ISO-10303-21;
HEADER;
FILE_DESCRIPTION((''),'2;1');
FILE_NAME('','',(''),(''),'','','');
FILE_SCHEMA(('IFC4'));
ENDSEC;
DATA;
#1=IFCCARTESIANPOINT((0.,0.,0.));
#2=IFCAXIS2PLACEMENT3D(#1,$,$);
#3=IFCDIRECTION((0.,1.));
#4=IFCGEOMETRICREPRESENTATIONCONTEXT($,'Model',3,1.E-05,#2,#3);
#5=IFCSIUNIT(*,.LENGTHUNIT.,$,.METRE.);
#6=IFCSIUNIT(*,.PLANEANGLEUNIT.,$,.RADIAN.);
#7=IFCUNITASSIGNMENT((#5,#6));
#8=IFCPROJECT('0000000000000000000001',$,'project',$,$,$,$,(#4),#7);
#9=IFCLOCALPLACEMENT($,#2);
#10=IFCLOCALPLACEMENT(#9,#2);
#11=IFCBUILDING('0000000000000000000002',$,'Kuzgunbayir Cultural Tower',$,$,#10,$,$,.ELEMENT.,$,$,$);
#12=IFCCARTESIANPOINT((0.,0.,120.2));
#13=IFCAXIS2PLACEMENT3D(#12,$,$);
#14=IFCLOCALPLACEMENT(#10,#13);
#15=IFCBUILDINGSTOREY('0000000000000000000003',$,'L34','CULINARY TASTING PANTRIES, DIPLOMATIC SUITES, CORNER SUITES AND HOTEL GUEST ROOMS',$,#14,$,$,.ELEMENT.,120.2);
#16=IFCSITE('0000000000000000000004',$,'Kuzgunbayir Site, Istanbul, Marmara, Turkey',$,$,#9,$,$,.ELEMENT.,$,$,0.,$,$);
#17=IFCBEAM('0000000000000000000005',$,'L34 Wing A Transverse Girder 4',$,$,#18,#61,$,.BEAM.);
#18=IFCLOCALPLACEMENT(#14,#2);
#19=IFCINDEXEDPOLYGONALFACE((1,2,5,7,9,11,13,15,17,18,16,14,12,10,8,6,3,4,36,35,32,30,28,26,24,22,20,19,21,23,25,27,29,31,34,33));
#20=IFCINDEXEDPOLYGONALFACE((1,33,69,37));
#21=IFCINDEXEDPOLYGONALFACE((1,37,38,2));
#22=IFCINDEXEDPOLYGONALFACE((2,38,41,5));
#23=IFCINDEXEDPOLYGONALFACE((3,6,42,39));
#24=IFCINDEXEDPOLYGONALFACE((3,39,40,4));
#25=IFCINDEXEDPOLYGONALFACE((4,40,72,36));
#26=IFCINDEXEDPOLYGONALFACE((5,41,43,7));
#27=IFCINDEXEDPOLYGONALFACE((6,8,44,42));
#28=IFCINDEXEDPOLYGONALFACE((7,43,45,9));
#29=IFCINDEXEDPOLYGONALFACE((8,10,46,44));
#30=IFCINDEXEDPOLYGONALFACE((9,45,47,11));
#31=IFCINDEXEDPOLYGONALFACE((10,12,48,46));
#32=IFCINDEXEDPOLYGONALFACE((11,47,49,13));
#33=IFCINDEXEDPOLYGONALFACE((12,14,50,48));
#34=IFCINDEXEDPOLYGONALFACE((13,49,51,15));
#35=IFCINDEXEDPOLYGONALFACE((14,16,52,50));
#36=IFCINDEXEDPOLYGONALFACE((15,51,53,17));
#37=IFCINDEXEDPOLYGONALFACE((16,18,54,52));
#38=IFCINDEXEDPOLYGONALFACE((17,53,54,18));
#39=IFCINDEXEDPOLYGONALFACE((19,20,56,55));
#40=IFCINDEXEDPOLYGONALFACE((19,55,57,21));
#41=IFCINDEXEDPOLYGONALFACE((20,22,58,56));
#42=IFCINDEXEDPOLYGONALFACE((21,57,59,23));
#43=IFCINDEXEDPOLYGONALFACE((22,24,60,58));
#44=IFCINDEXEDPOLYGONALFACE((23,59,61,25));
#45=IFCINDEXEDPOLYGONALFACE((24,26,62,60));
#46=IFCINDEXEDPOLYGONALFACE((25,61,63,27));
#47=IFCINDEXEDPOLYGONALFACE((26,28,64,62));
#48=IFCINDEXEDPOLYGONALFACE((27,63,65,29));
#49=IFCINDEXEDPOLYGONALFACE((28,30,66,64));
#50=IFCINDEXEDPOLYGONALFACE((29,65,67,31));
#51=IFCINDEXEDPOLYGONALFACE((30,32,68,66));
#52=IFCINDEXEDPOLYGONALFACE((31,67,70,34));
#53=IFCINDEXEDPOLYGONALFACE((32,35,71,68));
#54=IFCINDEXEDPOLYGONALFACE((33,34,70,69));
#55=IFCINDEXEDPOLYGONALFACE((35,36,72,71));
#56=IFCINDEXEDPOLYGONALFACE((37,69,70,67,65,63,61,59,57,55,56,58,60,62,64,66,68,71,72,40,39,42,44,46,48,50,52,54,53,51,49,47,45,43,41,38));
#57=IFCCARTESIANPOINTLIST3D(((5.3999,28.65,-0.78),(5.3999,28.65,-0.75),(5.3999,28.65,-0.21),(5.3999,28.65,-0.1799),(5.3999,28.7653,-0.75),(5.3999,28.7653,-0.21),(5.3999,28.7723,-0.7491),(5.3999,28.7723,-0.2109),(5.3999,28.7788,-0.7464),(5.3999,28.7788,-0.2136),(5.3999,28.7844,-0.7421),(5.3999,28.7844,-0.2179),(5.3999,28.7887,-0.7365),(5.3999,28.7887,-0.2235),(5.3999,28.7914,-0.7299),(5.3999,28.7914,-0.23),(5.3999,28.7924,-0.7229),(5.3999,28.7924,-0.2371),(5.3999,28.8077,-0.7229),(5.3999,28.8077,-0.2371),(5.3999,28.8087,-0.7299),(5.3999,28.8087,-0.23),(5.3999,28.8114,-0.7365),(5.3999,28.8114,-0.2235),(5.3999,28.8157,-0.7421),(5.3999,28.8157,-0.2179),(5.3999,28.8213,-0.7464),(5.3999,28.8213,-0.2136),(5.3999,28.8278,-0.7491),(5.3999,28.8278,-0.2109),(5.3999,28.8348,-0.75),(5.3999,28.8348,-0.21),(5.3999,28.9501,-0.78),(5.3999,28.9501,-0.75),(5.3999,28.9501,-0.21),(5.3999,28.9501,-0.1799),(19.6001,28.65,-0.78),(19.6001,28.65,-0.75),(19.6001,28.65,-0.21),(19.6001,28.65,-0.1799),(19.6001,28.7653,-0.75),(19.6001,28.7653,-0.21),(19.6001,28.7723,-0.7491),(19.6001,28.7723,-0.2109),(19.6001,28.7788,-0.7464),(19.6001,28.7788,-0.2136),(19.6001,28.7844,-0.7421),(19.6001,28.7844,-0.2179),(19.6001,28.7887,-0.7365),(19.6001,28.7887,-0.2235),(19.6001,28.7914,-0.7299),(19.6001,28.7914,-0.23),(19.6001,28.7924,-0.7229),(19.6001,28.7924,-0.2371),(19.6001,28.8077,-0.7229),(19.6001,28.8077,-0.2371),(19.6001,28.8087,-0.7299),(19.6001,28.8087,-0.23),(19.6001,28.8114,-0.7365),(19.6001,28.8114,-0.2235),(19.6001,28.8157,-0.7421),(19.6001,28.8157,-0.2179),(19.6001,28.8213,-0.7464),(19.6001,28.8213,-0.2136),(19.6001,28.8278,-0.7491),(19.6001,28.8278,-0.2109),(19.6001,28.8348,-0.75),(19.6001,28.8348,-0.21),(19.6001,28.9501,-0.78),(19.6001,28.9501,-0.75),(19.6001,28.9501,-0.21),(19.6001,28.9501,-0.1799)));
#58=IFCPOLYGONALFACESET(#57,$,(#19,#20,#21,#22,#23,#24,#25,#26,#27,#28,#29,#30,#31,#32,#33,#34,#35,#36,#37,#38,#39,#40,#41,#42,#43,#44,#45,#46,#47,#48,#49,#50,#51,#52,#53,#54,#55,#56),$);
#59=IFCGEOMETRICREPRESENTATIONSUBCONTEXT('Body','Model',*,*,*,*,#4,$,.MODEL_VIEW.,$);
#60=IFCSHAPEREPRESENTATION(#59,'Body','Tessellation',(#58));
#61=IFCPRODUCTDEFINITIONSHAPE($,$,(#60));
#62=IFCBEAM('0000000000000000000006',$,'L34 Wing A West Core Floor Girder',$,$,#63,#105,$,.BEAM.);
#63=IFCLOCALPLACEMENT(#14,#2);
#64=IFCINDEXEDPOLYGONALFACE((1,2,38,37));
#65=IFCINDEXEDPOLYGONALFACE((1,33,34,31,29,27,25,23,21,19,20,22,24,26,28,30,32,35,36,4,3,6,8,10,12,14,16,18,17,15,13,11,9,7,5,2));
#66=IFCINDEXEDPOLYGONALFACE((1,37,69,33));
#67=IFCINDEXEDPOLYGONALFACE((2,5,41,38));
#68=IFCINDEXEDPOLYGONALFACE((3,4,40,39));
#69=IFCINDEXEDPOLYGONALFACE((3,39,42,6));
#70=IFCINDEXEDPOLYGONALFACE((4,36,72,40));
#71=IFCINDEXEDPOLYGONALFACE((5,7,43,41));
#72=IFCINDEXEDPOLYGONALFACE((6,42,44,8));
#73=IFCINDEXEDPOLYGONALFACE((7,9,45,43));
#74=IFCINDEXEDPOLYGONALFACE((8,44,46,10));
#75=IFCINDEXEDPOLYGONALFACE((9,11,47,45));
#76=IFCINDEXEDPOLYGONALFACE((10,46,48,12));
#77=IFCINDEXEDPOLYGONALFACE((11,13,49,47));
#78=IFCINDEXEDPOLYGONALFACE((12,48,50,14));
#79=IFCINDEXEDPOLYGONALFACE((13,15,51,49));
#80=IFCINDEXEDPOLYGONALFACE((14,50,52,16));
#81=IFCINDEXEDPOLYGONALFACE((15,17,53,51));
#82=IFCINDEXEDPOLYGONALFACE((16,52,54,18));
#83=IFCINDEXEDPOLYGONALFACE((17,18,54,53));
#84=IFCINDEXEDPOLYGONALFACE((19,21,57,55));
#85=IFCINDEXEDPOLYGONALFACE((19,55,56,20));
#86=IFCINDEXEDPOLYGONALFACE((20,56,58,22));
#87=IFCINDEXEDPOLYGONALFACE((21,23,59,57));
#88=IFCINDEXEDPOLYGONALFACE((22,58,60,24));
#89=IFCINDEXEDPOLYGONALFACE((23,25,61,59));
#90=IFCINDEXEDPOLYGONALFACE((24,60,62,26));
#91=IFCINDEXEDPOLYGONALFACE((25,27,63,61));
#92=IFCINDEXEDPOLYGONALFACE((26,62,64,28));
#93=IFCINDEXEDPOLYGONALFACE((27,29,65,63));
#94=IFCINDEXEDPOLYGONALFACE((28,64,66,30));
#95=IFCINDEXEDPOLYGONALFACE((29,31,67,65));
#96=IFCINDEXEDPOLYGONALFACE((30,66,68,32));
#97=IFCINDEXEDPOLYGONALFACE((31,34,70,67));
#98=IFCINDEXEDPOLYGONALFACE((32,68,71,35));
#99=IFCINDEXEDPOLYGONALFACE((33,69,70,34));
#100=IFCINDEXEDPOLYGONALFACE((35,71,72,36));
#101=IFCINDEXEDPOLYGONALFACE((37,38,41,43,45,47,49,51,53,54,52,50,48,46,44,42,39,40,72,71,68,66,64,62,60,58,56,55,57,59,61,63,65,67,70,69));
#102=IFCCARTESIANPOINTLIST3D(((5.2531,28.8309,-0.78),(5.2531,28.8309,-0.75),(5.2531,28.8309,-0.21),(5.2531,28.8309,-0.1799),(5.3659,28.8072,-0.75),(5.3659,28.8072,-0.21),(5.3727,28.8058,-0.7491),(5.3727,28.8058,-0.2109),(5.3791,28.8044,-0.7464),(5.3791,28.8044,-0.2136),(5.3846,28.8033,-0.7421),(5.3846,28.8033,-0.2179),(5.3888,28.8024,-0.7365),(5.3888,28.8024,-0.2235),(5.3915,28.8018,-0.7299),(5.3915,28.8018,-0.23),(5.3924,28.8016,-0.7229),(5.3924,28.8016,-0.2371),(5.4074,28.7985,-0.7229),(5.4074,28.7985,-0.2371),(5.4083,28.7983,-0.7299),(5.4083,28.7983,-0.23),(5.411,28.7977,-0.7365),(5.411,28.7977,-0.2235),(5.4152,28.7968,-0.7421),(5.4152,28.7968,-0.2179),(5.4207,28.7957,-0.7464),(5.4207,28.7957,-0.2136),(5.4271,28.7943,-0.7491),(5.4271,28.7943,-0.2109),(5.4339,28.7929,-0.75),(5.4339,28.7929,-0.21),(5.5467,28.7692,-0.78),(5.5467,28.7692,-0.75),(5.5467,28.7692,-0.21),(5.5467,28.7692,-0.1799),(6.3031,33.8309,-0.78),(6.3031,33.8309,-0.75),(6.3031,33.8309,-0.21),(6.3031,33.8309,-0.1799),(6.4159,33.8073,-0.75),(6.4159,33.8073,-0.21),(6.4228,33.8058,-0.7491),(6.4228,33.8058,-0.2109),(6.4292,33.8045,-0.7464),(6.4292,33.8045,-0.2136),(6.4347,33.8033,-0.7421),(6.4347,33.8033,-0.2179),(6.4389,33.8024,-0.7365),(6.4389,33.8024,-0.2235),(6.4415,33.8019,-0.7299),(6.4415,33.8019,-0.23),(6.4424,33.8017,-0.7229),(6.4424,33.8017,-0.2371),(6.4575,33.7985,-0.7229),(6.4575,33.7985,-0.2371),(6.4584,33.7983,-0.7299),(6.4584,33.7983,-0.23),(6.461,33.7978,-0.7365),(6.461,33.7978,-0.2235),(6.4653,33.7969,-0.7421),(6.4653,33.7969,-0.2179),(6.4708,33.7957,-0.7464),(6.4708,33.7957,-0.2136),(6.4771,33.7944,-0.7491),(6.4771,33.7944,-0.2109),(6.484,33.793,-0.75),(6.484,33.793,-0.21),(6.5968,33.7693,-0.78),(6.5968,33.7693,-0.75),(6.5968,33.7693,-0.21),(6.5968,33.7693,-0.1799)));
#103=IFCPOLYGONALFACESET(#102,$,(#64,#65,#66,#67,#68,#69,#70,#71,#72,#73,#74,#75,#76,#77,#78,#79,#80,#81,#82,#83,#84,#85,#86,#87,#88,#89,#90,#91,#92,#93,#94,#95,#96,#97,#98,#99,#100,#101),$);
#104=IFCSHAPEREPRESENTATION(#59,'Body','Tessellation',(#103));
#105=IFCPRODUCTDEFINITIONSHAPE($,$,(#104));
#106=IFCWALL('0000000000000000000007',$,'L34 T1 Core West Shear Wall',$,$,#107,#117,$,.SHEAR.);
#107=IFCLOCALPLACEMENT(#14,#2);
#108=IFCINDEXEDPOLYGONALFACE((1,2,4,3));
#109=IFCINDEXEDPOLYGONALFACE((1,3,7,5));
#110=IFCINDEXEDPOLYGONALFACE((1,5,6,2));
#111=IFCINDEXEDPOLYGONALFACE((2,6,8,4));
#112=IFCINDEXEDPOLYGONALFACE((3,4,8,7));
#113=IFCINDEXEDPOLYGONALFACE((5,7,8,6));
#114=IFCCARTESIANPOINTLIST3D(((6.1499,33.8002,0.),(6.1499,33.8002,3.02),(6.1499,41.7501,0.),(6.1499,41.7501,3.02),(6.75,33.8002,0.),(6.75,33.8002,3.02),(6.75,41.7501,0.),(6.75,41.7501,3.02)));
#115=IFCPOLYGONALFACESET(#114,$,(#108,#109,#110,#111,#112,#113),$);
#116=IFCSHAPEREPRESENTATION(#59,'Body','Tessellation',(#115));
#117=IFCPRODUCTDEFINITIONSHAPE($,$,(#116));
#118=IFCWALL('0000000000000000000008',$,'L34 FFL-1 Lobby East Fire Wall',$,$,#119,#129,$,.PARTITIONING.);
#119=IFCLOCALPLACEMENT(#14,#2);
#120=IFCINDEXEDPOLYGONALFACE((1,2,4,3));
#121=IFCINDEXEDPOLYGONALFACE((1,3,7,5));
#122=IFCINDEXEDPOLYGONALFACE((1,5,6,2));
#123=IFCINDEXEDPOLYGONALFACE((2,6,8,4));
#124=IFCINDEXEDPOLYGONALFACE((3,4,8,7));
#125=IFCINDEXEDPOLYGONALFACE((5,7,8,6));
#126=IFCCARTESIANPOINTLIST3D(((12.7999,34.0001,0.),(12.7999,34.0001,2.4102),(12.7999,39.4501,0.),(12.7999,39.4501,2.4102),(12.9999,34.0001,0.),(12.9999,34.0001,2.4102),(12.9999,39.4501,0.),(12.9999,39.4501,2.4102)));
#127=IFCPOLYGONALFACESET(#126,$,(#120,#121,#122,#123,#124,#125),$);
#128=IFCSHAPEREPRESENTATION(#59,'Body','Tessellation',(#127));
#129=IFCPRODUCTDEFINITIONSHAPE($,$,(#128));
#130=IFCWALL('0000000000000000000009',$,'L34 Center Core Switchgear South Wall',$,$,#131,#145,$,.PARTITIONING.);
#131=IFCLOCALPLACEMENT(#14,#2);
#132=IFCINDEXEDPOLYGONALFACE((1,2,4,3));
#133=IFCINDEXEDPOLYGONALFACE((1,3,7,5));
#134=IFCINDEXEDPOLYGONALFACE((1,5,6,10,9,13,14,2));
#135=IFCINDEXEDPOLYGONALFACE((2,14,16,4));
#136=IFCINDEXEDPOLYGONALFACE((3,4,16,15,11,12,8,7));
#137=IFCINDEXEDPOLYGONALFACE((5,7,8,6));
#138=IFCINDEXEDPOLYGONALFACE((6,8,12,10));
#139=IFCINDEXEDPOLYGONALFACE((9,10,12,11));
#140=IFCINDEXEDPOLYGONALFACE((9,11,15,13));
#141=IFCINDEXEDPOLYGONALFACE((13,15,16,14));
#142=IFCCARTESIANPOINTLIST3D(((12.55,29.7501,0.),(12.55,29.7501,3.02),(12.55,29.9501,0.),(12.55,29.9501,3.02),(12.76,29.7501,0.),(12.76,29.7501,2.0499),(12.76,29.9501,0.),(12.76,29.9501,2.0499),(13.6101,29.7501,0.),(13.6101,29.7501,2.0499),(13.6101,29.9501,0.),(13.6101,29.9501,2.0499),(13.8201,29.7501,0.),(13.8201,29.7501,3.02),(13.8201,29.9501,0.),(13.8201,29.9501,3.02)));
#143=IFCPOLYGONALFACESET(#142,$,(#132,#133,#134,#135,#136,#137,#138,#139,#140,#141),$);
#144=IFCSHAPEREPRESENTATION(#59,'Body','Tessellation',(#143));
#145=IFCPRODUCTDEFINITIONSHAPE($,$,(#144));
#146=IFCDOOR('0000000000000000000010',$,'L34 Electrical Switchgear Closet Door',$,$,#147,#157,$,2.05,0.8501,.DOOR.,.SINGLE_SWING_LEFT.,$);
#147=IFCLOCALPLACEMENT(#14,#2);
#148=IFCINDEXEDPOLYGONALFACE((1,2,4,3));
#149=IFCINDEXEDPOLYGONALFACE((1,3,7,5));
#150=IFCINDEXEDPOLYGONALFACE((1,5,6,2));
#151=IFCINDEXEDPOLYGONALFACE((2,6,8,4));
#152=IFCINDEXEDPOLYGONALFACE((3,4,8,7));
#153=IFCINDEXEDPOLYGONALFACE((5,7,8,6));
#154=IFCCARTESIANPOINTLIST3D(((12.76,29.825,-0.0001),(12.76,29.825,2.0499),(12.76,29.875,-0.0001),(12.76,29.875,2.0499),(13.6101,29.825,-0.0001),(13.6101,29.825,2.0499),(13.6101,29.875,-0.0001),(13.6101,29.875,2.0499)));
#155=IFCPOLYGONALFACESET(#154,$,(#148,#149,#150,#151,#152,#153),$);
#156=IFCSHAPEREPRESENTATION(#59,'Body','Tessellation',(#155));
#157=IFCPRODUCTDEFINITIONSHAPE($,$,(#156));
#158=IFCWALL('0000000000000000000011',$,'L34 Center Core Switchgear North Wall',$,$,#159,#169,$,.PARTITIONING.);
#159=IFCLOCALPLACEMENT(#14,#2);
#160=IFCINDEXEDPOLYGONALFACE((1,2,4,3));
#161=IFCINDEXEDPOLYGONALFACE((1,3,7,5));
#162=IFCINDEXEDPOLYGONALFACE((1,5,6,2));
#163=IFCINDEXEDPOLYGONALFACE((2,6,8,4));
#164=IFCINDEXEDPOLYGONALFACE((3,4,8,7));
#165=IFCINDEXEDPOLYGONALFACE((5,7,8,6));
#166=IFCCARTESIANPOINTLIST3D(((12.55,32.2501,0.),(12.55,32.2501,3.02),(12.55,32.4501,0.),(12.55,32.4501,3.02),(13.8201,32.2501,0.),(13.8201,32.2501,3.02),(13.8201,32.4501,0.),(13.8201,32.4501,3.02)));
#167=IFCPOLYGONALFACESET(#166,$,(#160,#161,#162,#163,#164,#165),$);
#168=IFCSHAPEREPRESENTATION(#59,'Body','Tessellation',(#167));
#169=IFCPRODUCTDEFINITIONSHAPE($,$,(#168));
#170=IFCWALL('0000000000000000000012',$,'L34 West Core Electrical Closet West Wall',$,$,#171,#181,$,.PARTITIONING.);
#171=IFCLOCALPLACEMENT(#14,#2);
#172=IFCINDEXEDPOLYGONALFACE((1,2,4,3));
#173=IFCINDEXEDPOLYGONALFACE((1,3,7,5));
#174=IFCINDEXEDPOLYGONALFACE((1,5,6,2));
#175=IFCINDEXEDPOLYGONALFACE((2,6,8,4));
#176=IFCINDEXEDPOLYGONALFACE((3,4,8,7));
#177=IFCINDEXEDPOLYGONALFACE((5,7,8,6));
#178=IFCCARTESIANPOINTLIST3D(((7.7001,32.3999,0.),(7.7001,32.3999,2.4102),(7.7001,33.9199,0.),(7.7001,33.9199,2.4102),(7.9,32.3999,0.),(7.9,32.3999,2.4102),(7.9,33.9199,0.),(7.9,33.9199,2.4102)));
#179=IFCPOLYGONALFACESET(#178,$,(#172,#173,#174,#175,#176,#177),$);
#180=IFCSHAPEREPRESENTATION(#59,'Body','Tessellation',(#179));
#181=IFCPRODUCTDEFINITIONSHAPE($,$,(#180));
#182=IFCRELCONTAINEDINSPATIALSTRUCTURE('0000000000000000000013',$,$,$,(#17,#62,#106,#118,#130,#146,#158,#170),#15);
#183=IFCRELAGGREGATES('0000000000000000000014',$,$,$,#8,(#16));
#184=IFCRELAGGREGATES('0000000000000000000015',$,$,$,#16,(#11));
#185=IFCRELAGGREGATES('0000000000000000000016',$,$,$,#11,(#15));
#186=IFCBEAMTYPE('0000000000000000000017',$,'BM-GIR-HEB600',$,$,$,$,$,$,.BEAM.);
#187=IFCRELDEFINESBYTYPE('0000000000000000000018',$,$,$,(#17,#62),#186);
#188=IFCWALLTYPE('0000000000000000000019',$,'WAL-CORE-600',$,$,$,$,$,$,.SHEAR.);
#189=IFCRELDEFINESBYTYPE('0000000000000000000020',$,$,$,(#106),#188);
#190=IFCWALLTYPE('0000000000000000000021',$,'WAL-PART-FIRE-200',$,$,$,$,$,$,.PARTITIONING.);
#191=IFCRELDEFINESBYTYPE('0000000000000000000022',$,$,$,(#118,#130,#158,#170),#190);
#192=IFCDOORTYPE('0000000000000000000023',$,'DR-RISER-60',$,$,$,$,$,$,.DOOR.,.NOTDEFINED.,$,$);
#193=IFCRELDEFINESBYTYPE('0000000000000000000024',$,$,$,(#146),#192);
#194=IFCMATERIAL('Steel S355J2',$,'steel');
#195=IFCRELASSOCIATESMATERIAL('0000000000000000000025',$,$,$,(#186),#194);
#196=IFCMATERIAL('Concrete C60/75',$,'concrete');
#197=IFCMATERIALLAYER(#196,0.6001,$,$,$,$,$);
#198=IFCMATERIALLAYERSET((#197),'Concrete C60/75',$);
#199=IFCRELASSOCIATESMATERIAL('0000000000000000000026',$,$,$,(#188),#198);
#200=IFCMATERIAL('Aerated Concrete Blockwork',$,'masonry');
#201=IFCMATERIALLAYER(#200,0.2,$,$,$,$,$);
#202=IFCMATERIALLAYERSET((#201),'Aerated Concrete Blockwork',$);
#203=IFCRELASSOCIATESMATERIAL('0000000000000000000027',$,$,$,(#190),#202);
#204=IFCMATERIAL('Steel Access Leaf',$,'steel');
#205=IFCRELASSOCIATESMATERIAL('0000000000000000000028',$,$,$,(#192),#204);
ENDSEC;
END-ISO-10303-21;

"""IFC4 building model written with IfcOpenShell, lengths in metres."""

from ifc_helpers import new_model, si_unit, direction, frame, frame_2d, origin, origin_2d, place, context, subcontext, project, spatial, rectangle, i_section, extrude, material, layer, layer_set, material_profile, profile_set, type_object, element, fill, save


model = new_model("IFC4")

# Units and contexts
model_context = context("Model", 3, precision=1e-05, world=origin(), true_north=direction((0.0, 1.0)))
body_context = subcontext(model_context, "Body", "Model", "MODEL_VIEW")
ifc_project = project(units=[si_unit("LENGTHUNIT", "METRE"), si_unit("PLANEANGLEUNIT", "RADIAN")], contexts=[model_context])

# Site, building, storey
site_placement = place(None, origin())
site = spatial("IfcSite", under=ifc_project, at=site_placement, Name="Kuzgunbayir Site, Istanbul, Marmara, Turkey", CompositionType="ELEMENT", RefElevation=0.0)
building_placement = place(site_placement, origin())
building = spatial("IfcBuilding", under=site, at=building_placement, Name="Kuzgunbayir Cultural Tower", CompositionType="ELEMENT")
storey_placement = place(building_placement, frame((0.0, 0.0, 120.2)))
storey = spatial("IfcBuildingStorey", under=building, at=storey_placement, Name="L34", Description="CULINARY TASTING PANTRIES, DIPLOMATIC SUITES, CORNER SUITES AND HOTEL GUEST ROOMS", CompositionType="ELEMENT", Elevation=120.2)

# Beams
ifc_material_1 = material(Name="Steel S355J2", Category="steel")
ifc_material_profile_1 = material_profile(ifc_material_1, i_section(OverallWidth=0.3, OverallDepth=0.6001, WebThickness=0.0154, FlangeThickness=0.03, FilletRadius=0.0271, at=origin_2d()), Name="HEB 600")
ifc_profile_set_1 = profile_set([ifc_material_profile_1], Name="Steel S355J2")
beam_type = type_object("IfcBeamType", Name="BM-GIR-HEB600", PredefinedType="BEAM", material=ifc_profile_set_1)
beam_1_placement = place(storey_placement, frame((5.3999, 28.8, -0.48), z_axis=(1.0, 0.0, 0.0), x_axis=(0.0, 1.0, 0.0)))
element("IfcBeam", 1, at=beam_1_placement, inside=storey, type_object=beam_type, Name="L34 Wing A Transverse Girder 4", PredefinedType="BEAM", context=body_context, shape_type="SweptSolid", body=[
    extrude(i_section(OverallWidth=0.3, OverallDepth=0.6001, WebThickness=0.0154, FlangeThickness=0.03, FilletRadius=0.0271, at=origin_2d()), origin(), (0.0, 0.0, 1.0), 14.2002),
])
beam_2_placement = place(storey_placement, frame((5.3999, 28.8, -0.48), z_axis=(0.205526, 0.978652, 0.0), x_axis=(-0.978652, 0.205526, 0.0)))
element("IfcBeam", 2, at=beam_2_placement, inside=storey, type_object=beam_type, Name="L34 Wing A West Core Floor Girder", PredefinedType="BEAM", context=body_context, shape_type="SweptSolid", body=[
    extrude(i_section(OverallWidth=0.3, OverallDepth=0.6001, WebThickness=0.0154, FlangeThickness=0.03, FilletRadius=0.0271, at=origin_2d()), origin(), (0.0, 0.0, 1.0), 5.1091),
])

# Walls
ifc_material_2 = material(Name="Concrete C60/75", Category="concrete")
ifc_layer_1 = layer(ifc_material_2, 0.6001)
ifc_layer_set_1 = layer_set([ifc_layer_1], Name="Concrete C60/75")
wall_type_1 = type_object("IfcWallType", Name="WAL-CORE-600", PredefinedType="SHEAR", material=ifc_layer_set_1)
wall_1_placement = place(storey_placement, frame((6.45, 33.8, 0.0), z_axis=(0.0, 0.0, 1.0), x_axis=(0.0, 1.0, 0.0)))
element("IfcWall", 3, at=wall_1_placement, inside=storey, type_object=wall_type_1, Name="L34 T1 Core West Shear Wall", PredefinedType="SHEAR", context=body_context, shape_type="SweptSolid", body=[
    extrude(rectangle(XDim=7.95, YDim=0.6001, at=frame_2d((3.9751, 0.0))), origin(), (0.0, 0.0, 1.0), 3.02),
])
ifc_material_3 = material(Name="Aerated Concrete Blockwork", Category="masonry")
ifc_layer_2 = layer(ifc_material_3, 0.2)
ifc_layer_set_2 = layer_set([ifc_layer_2], Name="Aerated Concrete Blockwork")
wall_type_2 = type_object("IfcWallType", Name="WAL-PART-FIRE-200", PredefinedType="PARTITIONING", material=ifc_layer_set_2)
wall_2_placement = place(storey_placement, frame((12.8999, 34.0, 0.0), z_axis=(0.0, 0.0, 1.0), x_axis=(0.0, 1.0, 0.0)))
element("IfcWall", 4, at=wall_2_placement, inside=storey, type_object=wall_type_2, Name="L34 FFL-1 Lobby East Fire Wall", PredefinedType="PARTITIONING", context=body_context, shape_type="SweptSolid", body=[
    extrude(rectangle(XDim=5.45, YDim=0.2, at=frame_2d((2.7251, 0.0))), origin(), (0.0, 0.0, 1.0), 2.4102),
])

# Wall, opening, door
wall_3_placement = place(storey_placement, frame((12.55, 29.8501, 0.0), z_axis=(0.0, 0.0, 1.0), x_axis=(1.0, 0.0, 0.0)))
wall_3 = element("IfcWall", 5, at=wall_3_placement, inside=storey, type_object=wall_type_2, Name="L34 Center Core Switchgear South Wall", PredefinedType="PARTITIONING", context=body_context, shape_type="SweptSolid", body=[
    extrude(rectangle(XDim=1.27, YDim=0.2, at=frame_2d((0.635, 0.0))), origin(), (0.0, 0.0, 1.0), 3.02),
])
opening_1_placement = place(wall_3_placement, frame((0.21, 0.0, 0.0)))
opening_1 = element("IfcOpeningElement", 6, at=opening_1_placement, cuts=wall_3, PredefinedType="OPENING", context=body_context, shape_type="SweptSolid", body=[
    extrude(rectangle(XDim=0.8501, YDim=2.05, at=frame_2d((0.425, 1.0249))), frame((0.0, 0.1099, 0.0), z_axis=(0.0, -1.0, 0.0), x_axis=(1.0, 0.0, 0.0)), (0.0, 0.0, 1.0), 0.22),
])
ifc_material_4 = material(Name="Steel Access Leaf", Category="steel")
door_type_1 = type_object("IfcDoorType", Name="DR-RISER-60", OperationType="NOTDEFINED", PredefinedType="DOOR", material=ifc_material_4)
door_1_placement = place(opening_1_placement, origin())
door_1 = element("IfcDoor", 7, at=door_1_placement, inside=storey, type_object=door_type_1, Name="L34 Electrical Switchgear Closet Door", OperationType="SINGLE_SWING_LEFT", OverallHeight=2.05, OverallWidth=0.8501, PredefinedType="DOOR", context=body_context, shape_type="SweptSolid", body=[
    extrude(rectangle(XDim=0.8501, YDim=2.05, at=frame_2d((0.425, 1.0249))), frame((0.0, 0.0249, 0.0), z_axis=(0.0, -1.0, 0.0), x_axis=(1.0, 0.0, 0.0)), (0.0, 0.0, 1.0), 0.05),
])
fill(opening_1, door_1)

# Walls
wall_4_placement = place(storey_placement, frame((12.55, 32.3501, 0.0), z_axis=(0.0, 0.0, 1.0), x_axis=(1.0, 0.0, 0.0)))
element("IfcWall", 8, at=wall_4_placement, inside=storey, type_object=wall_type_2, Name="L34 Center Core Switchgear North Wall", PredefinedType="PARTITIONING", context=body_context, shape_type="SweptSolid", body=[
    extrude(rectangle(XDim=1.27, YDim=0.2, at=frame_2d((0.635, 0.0))), origin(), (0.0, 0.0, 1.0), 3.02),
])
wall_5_placement = place(storey_placement, frame((7.8, 32.3999, 0.0), z_axis=(0.0, 0.0, 1.0), x_axis=(0.0, 1.0, 0.0)))
element("IfcWall", 9, at=wall_5_placement, inside=storey, type_object=wall_type_2, Name="L34 West Core Electrical Closet West Wall", PredefinedType="PARTITIONING", context=body_context, shape_type="SweptSolid", body=[
    extrude(rectangle(XDim=1.52, YDim=0.2, at=frame_2d((0.76, 0.0))), origin(), (0.0, 0.0, 1.0), 2.4102),
])

save(model, "model.ifc")
